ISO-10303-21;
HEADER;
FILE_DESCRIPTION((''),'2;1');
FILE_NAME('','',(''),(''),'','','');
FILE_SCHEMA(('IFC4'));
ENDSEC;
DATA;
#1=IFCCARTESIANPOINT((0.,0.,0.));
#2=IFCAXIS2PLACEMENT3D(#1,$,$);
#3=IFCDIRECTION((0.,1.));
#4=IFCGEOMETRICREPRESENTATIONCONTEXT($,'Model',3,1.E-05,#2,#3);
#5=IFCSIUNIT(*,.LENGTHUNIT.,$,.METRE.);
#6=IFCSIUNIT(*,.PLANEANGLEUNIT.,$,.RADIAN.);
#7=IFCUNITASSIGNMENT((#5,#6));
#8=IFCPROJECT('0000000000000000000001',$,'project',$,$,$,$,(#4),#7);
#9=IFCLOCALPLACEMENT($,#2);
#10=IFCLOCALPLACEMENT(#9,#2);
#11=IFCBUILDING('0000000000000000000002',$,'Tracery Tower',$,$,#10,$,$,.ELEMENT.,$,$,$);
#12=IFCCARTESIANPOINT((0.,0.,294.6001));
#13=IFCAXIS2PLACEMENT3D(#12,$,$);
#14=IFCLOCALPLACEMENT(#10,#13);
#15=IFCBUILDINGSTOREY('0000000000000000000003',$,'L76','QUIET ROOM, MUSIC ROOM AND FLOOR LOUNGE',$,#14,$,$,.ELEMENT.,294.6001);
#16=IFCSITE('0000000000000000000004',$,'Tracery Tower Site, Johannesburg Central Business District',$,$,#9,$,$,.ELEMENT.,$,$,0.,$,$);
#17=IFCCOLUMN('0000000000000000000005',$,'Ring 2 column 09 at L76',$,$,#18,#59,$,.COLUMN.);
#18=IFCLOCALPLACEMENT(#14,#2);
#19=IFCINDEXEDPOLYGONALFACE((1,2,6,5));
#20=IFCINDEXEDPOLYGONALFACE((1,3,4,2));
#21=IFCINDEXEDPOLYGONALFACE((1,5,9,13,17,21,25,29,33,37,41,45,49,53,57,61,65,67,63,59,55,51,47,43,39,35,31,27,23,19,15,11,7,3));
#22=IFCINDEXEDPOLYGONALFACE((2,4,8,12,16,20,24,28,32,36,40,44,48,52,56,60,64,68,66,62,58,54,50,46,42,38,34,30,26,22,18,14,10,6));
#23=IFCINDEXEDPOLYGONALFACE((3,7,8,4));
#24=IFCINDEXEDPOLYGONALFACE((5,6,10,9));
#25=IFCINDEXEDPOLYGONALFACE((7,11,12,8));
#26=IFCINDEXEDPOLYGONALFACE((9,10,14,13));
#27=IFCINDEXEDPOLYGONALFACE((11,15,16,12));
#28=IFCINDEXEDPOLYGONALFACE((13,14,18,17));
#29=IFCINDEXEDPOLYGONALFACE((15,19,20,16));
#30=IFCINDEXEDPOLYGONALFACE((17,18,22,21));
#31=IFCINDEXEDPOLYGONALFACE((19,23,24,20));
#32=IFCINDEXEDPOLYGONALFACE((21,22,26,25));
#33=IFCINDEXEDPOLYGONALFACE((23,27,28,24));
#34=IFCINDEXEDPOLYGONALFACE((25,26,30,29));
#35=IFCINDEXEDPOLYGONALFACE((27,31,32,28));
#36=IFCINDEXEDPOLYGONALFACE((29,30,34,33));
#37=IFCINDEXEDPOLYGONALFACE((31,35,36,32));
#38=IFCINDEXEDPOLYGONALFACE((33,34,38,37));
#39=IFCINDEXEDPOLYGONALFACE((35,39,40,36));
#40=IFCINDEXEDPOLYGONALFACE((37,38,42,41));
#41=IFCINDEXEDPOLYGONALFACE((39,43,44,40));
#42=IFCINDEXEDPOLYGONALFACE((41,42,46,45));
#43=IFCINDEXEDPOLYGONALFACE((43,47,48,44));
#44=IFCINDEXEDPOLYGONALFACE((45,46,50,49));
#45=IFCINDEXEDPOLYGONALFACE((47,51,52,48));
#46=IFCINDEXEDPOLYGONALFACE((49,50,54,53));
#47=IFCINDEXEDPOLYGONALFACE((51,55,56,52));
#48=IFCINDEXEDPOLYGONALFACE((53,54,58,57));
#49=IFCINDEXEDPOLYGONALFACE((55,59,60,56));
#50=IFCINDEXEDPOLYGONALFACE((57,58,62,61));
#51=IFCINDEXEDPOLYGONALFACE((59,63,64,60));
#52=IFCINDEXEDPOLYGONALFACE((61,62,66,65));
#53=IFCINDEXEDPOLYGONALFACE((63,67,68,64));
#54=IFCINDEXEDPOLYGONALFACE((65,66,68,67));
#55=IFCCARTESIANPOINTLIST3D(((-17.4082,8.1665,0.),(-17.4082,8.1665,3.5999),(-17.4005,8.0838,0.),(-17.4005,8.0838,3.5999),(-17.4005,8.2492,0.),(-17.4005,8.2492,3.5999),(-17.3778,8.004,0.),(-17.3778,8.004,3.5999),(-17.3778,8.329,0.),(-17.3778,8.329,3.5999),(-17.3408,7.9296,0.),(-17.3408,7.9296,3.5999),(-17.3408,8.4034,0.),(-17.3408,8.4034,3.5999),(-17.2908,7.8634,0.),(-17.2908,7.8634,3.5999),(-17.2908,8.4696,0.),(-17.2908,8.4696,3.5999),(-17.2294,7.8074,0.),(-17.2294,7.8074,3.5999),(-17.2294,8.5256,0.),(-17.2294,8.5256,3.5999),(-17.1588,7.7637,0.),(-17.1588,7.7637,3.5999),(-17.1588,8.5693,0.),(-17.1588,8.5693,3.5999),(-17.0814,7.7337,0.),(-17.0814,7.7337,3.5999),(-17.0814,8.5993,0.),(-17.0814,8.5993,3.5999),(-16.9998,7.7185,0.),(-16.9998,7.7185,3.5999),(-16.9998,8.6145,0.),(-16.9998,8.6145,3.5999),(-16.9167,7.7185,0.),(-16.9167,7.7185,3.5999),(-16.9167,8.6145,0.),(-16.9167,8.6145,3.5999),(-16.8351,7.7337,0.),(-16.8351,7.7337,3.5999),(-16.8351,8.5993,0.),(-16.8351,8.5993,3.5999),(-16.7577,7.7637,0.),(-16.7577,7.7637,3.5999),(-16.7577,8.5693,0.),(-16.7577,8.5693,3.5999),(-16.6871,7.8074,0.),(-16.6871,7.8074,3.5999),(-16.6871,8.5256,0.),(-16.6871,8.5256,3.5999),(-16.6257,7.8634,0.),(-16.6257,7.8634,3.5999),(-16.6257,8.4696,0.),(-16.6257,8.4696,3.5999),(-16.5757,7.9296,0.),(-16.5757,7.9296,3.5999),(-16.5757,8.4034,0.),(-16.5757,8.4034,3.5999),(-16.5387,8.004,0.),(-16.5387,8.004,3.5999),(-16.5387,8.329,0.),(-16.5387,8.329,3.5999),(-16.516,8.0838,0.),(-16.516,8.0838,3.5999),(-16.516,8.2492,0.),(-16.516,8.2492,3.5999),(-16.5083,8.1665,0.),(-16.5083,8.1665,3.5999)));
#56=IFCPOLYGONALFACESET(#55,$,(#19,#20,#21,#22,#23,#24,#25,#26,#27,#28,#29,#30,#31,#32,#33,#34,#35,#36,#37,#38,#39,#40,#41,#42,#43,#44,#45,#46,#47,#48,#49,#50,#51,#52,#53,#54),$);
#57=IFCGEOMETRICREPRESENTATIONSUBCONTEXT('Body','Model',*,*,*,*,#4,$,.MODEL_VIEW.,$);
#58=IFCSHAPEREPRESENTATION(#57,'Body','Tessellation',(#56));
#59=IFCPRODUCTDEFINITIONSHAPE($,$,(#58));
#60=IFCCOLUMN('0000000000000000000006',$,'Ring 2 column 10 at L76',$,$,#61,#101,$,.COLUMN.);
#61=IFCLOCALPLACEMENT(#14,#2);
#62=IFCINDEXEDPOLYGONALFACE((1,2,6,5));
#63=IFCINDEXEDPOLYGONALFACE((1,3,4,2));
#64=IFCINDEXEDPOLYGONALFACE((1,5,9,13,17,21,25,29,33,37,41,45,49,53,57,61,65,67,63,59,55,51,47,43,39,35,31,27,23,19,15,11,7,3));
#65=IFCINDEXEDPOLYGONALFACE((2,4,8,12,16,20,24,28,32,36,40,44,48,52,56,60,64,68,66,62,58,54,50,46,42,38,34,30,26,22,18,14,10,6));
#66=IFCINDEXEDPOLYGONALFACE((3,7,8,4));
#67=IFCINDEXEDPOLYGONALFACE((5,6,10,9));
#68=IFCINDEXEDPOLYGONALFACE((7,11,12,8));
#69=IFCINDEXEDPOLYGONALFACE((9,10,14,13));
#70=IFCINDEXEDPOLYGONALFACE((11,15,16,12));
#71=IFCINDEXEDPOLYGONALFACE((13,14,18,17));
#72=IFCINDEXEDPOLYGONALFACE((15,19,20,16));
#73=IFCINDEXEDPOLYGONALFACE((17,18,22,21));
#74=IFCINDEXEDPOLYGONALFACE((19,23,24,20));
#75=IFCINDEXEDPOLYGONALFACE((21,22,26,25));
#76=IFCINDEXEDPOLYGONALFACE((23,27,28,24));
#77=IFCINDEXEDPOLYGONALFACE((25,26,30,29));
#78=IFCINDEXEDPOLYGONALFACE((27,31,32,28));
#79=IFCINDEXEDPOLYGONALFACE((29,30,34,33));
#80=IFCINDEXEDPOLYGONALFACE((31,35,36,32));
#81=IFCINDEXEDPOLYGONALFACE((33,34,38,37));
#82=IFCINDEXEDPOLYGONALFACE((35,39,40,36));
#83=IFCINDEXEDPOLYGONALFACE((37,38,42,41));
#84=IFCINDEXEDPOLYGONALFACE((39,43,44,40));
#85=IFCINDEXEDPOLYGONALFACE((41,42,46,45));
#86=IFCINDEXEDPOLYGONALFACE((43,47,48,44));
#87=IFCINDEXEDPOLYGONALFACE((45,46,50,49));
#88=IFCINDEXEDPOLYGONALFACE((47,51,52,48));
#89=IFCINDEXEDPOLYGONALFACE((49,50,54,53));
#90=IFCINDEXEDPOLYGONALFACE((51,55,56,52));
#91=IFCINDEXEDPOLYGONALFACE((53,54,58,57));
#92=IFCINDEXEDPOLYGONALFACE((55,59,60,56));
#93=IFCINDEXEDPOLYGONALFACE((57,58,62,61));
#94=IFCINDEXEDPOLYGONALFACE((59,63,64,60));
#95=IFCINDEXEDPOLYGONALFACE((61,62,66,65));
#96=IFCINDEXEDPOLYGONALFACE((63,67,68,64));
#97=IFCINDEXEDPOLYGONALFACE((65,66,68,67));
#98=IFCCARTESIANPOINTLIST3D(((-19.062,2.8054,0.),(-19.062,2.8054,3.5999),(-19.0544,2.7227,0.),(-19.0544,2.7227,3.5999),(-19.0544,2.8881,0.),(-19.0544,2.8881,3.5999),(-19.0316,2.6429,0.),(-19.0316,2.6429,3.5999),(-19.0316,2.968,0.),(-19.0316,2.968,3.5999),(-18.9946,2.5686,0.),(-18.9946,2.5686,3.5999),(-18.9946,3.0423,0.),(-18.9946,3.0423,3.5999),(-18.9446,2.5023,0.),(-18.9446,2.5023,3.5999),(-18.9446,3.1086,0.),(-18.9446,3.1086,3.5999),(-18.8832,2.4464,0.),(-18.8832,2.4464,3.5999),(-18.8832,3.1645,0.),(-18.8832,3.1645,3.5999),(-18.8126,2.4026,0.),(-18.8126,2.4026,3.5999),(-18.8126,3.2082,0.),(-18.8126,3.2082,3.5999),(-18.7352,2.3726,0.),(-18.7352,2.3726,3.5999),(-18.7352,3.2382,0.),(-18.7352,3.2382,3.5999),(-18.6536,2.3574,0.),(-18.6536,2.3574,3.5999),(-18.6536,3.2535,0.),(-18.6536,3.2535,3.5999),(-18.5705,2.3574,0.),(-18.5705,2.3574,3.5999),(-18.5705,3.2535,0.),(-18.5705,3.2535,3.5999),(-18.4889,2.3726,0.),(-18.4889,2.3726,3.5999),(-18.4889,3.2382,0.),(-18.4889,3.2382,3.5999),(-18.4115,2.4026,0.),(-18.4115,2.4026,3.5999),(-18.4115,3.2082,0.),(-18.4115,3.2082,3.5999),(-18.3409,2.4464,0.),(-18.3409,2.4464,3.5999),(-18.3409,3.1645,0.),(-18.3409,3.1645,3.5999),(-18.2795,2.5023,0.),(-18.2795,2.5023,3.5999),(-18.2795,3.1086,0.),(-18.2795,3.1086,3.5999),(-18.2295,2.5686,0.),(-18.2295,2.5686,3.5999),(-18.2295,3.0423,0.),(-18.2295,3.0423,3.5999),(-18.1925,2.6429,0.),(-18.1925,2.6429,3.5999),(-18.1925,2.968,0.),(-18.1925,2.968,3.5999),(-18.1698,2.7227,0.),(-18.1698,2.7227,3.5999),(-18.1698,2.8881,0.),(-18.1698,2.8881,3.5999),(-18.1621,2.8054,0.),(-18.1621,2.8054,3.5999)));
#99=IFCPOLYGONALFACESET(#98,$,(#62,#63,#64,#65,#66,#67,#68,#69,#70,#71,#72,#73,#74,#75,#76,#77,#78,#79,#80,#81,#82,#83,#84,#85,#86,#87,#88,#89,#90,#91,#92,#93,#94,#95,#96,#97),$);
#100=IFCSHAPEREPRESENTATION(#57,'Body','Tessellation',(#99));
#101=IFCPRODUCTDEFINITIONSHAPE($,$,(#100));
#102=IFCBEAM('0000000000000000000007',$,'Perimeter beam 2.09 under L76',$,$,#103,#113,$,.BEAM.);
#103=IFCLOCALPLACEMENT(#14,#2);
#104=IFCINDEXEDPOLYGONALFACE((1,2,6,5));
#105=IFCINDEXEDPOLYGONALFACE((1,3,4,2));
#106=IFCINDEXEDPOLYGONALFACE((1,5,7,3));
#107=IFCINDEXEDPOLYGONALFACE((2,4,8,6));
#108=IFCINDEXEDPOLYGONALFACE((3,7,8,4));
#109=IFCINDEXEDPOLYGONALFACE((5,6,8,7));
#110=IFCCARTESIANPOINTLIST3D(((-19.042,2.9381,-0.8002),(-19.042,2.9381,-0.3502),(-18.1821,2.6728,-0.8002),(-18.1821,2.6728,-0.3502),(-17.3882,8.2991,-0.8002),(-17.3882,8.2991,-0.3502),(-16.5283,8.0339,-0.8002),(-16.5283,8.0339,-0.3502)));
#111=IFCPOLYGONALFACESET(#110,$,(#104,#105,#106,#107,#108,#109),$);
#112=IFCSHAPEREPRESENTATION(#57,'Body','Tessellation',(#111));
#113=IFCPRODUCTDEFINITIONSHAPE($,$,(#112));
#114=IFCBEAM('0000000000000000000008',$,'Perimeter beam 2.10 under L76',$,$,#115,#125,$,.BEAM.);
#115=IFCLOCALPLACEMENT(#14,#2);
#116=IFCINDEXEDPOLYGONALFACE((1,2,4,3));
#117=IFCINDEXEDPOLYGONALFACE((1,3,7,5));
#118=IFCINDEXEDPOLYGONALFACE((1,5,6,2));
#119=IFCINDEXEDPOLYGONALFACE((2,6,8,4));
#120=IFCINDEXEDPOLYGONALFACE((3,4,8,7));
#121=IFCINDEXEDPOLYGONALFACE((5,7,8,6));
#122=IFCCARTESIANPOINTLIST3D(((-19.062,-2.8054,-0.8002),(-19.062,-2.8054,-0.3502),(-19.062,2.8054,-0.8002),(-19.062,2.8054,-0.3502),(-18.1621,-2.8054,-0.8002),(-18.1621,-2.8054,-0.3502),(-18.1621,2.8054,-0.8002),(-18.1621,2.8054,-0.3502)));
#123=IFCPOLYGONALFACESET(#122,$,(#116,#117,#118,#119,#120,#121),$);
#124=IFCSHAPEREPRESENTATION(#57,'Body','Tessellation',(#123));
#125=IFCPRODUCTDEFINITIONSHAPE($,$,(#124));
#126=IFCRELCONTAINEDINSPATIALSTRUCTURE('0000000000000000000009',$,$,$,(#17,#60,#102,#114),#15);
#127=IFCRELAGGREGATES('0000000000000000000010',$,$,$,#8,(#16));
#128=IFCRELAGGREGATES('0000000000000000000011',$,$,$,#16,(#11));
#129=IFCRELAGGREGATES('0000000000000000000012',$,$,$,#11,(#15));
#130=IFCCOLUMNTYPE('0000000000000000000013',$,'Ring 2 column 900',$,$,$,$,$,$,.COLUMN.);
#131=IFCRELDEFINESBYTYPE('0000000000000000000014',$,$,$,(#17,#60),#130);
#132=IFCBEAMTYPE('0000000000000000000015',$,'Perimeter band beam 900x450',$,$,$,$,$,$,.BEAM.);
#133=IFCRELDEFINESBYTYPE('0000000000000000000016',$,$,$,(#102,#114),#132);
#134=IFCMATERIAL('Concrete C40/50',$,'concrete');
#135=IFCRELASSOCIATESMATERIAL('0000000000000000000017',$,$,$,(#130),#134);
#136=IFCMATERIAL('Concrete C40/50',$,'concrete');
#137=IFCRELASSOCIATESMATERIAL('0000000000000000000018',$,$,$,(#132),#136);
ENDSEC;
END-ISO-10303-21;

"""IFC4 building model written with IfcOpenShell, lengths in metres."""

from ifc_helpers import new_model, si_unit, direction, frame, origin, origin_2d, place, context, subcontext, project, spatial, rectangle, circle, extrude, material, material_profile, profile_set, type_object, element, save


model = new_model("IFC4")

# Units and contexts
model_context = context("Model", 3, precision=1e-05, world=origin(), true_north=direction((0.0, 1.0)))
body_context = subcontext(model_context, "Body", "Model", "MODEL_VIEW")
ifc_project = project(units=[si_unit("LENGTHUNIT", "METRE"), si_unit("PLANEANGLEUNIT", "RADIAN")], contexts=[model_context])

# Site, building, storey
site_placement = place(None, origin())
site = spatial("IfcSite", under=ifc_project, at=site_placement, Name="Tracery Tower Site, Johannesburg Central Business District", CompositionType="ELEMENT", RefElevation=0.0)
building_placement = place(site_placement, origin())
building = spatial("IfcBuilding", under=site, at=building_placement, Name="Tracery Tower", CompositionType="ELEMENT")
storey_placement = place(building_placement, frame((0.0, 0.0, 294.6001)))
storey = spatial("IfcBuildingStorey", under=building, at=storey_placement, Name="L76", Description="QUIET ROOM, MUSIC ROOM AND FLOOR LOUNGE", CompositionType="ELEMENT", Elevation=294.6001)

# Columns
ifc_material_1 = material(Name="Concrete C40/50", Category="concrete")
ifc_material_profile_1 = material_profile(ifc_material_1, circle(Radius=0.45, at=origin_2d()), Name="RC D900")
ifc_profile_set_1 = profile_set([ifc_material_profile_1], Name="Concrete C40/50")
column_type = type_object("IfcColumnType", Name="Ring 2 column 900", PredefinedType="COLUMN", material=ifc_profile_set_1)
for number, where, z_axis, x_axis, name in (
    (1, (-16.9583, 8.1665, 0.0), (0.0, 0.0, 1.0), (1.0, 0.0, 0.0), "Ring 2 column 09 at L76"),
    (2, (-18.6121, 2.8054, 0.0), (0.0, 0.0, 1.0), (1.0, 0.0, 0.0), "Ring 2 column 10 at L76"),
):
    element("IfcColumn", number, at=place(storey_placement, frame(where, z_axis=z_axis, x_axis=x_axis)), inside=storey, type_object=column_type, Name=name, PredefinedType="COLUMN", context=body_context, shape_type="SweptSolid", body=[
        extrude(circle(Radius=0.45, at=origin_2d()), origin(), (0.0, 0.0, 1.0), 3.5999),
    ])

# Beams
ifc_material_2 = material(Name="Concrete C40/50", Category="concrete")
ifc_material_profile_2 = material_profile(ifc_material_2, rectangle(XDim=0.8999, YDim=0.45, at=origin_2d()), Name="RC 900x450")
ifc_profile_set_2 = profile_set([ifc_material_profile_2], Name="Concrete C40/50")
beam_type = type_object("IfcBeamType", Name="Perimeter band beam 900x450", PredefinedType="BEAM", material=ifc_profile_set_2)
beam_1_placement = place(storey_placement, frame((-16.9583, 8.1665, -0.5752), z_axis=(-0.294777, -0.955566, 0.0), x_axis=(0.955566, -0.294777, 0.0)))
element("IfcBeam", 3, at=beam_1_placement, inside=storey, type_object=beam_type, Name="Perimeter beam 2.09 under L76", PredefinedType="BEAM", context=body_context, shape_type="SweptSolid", body=[
    extrude(rectangle(XDim=0.8999, YDim=0.45, at=origin_2d()), origin(), (0.0, 0.0, 1.0), 5.6104),
])
beam_2_placement = place(storey_placement, frame((-18.6121, 2.8054, -0.5752), z_axis=(0.0, -1.0, 0.0), x_axis=(1.0, 0.0, 0.0)))
element("IfcBeam", 4, at=beam_2_placement, inside=storey, type_object=beam_type, Name="Perimeter beam 2.10 under L76", PredefinedType="BEAM", context=body_context, shape_type="SweptSolid", body=[
    extrude(rectangle(XDim=0.8999, YDim=0.45, at=origin_2d()), origin(), (0.0, 0.0, 1.0), 5.6108),
])

save(model, "model.ifc")
